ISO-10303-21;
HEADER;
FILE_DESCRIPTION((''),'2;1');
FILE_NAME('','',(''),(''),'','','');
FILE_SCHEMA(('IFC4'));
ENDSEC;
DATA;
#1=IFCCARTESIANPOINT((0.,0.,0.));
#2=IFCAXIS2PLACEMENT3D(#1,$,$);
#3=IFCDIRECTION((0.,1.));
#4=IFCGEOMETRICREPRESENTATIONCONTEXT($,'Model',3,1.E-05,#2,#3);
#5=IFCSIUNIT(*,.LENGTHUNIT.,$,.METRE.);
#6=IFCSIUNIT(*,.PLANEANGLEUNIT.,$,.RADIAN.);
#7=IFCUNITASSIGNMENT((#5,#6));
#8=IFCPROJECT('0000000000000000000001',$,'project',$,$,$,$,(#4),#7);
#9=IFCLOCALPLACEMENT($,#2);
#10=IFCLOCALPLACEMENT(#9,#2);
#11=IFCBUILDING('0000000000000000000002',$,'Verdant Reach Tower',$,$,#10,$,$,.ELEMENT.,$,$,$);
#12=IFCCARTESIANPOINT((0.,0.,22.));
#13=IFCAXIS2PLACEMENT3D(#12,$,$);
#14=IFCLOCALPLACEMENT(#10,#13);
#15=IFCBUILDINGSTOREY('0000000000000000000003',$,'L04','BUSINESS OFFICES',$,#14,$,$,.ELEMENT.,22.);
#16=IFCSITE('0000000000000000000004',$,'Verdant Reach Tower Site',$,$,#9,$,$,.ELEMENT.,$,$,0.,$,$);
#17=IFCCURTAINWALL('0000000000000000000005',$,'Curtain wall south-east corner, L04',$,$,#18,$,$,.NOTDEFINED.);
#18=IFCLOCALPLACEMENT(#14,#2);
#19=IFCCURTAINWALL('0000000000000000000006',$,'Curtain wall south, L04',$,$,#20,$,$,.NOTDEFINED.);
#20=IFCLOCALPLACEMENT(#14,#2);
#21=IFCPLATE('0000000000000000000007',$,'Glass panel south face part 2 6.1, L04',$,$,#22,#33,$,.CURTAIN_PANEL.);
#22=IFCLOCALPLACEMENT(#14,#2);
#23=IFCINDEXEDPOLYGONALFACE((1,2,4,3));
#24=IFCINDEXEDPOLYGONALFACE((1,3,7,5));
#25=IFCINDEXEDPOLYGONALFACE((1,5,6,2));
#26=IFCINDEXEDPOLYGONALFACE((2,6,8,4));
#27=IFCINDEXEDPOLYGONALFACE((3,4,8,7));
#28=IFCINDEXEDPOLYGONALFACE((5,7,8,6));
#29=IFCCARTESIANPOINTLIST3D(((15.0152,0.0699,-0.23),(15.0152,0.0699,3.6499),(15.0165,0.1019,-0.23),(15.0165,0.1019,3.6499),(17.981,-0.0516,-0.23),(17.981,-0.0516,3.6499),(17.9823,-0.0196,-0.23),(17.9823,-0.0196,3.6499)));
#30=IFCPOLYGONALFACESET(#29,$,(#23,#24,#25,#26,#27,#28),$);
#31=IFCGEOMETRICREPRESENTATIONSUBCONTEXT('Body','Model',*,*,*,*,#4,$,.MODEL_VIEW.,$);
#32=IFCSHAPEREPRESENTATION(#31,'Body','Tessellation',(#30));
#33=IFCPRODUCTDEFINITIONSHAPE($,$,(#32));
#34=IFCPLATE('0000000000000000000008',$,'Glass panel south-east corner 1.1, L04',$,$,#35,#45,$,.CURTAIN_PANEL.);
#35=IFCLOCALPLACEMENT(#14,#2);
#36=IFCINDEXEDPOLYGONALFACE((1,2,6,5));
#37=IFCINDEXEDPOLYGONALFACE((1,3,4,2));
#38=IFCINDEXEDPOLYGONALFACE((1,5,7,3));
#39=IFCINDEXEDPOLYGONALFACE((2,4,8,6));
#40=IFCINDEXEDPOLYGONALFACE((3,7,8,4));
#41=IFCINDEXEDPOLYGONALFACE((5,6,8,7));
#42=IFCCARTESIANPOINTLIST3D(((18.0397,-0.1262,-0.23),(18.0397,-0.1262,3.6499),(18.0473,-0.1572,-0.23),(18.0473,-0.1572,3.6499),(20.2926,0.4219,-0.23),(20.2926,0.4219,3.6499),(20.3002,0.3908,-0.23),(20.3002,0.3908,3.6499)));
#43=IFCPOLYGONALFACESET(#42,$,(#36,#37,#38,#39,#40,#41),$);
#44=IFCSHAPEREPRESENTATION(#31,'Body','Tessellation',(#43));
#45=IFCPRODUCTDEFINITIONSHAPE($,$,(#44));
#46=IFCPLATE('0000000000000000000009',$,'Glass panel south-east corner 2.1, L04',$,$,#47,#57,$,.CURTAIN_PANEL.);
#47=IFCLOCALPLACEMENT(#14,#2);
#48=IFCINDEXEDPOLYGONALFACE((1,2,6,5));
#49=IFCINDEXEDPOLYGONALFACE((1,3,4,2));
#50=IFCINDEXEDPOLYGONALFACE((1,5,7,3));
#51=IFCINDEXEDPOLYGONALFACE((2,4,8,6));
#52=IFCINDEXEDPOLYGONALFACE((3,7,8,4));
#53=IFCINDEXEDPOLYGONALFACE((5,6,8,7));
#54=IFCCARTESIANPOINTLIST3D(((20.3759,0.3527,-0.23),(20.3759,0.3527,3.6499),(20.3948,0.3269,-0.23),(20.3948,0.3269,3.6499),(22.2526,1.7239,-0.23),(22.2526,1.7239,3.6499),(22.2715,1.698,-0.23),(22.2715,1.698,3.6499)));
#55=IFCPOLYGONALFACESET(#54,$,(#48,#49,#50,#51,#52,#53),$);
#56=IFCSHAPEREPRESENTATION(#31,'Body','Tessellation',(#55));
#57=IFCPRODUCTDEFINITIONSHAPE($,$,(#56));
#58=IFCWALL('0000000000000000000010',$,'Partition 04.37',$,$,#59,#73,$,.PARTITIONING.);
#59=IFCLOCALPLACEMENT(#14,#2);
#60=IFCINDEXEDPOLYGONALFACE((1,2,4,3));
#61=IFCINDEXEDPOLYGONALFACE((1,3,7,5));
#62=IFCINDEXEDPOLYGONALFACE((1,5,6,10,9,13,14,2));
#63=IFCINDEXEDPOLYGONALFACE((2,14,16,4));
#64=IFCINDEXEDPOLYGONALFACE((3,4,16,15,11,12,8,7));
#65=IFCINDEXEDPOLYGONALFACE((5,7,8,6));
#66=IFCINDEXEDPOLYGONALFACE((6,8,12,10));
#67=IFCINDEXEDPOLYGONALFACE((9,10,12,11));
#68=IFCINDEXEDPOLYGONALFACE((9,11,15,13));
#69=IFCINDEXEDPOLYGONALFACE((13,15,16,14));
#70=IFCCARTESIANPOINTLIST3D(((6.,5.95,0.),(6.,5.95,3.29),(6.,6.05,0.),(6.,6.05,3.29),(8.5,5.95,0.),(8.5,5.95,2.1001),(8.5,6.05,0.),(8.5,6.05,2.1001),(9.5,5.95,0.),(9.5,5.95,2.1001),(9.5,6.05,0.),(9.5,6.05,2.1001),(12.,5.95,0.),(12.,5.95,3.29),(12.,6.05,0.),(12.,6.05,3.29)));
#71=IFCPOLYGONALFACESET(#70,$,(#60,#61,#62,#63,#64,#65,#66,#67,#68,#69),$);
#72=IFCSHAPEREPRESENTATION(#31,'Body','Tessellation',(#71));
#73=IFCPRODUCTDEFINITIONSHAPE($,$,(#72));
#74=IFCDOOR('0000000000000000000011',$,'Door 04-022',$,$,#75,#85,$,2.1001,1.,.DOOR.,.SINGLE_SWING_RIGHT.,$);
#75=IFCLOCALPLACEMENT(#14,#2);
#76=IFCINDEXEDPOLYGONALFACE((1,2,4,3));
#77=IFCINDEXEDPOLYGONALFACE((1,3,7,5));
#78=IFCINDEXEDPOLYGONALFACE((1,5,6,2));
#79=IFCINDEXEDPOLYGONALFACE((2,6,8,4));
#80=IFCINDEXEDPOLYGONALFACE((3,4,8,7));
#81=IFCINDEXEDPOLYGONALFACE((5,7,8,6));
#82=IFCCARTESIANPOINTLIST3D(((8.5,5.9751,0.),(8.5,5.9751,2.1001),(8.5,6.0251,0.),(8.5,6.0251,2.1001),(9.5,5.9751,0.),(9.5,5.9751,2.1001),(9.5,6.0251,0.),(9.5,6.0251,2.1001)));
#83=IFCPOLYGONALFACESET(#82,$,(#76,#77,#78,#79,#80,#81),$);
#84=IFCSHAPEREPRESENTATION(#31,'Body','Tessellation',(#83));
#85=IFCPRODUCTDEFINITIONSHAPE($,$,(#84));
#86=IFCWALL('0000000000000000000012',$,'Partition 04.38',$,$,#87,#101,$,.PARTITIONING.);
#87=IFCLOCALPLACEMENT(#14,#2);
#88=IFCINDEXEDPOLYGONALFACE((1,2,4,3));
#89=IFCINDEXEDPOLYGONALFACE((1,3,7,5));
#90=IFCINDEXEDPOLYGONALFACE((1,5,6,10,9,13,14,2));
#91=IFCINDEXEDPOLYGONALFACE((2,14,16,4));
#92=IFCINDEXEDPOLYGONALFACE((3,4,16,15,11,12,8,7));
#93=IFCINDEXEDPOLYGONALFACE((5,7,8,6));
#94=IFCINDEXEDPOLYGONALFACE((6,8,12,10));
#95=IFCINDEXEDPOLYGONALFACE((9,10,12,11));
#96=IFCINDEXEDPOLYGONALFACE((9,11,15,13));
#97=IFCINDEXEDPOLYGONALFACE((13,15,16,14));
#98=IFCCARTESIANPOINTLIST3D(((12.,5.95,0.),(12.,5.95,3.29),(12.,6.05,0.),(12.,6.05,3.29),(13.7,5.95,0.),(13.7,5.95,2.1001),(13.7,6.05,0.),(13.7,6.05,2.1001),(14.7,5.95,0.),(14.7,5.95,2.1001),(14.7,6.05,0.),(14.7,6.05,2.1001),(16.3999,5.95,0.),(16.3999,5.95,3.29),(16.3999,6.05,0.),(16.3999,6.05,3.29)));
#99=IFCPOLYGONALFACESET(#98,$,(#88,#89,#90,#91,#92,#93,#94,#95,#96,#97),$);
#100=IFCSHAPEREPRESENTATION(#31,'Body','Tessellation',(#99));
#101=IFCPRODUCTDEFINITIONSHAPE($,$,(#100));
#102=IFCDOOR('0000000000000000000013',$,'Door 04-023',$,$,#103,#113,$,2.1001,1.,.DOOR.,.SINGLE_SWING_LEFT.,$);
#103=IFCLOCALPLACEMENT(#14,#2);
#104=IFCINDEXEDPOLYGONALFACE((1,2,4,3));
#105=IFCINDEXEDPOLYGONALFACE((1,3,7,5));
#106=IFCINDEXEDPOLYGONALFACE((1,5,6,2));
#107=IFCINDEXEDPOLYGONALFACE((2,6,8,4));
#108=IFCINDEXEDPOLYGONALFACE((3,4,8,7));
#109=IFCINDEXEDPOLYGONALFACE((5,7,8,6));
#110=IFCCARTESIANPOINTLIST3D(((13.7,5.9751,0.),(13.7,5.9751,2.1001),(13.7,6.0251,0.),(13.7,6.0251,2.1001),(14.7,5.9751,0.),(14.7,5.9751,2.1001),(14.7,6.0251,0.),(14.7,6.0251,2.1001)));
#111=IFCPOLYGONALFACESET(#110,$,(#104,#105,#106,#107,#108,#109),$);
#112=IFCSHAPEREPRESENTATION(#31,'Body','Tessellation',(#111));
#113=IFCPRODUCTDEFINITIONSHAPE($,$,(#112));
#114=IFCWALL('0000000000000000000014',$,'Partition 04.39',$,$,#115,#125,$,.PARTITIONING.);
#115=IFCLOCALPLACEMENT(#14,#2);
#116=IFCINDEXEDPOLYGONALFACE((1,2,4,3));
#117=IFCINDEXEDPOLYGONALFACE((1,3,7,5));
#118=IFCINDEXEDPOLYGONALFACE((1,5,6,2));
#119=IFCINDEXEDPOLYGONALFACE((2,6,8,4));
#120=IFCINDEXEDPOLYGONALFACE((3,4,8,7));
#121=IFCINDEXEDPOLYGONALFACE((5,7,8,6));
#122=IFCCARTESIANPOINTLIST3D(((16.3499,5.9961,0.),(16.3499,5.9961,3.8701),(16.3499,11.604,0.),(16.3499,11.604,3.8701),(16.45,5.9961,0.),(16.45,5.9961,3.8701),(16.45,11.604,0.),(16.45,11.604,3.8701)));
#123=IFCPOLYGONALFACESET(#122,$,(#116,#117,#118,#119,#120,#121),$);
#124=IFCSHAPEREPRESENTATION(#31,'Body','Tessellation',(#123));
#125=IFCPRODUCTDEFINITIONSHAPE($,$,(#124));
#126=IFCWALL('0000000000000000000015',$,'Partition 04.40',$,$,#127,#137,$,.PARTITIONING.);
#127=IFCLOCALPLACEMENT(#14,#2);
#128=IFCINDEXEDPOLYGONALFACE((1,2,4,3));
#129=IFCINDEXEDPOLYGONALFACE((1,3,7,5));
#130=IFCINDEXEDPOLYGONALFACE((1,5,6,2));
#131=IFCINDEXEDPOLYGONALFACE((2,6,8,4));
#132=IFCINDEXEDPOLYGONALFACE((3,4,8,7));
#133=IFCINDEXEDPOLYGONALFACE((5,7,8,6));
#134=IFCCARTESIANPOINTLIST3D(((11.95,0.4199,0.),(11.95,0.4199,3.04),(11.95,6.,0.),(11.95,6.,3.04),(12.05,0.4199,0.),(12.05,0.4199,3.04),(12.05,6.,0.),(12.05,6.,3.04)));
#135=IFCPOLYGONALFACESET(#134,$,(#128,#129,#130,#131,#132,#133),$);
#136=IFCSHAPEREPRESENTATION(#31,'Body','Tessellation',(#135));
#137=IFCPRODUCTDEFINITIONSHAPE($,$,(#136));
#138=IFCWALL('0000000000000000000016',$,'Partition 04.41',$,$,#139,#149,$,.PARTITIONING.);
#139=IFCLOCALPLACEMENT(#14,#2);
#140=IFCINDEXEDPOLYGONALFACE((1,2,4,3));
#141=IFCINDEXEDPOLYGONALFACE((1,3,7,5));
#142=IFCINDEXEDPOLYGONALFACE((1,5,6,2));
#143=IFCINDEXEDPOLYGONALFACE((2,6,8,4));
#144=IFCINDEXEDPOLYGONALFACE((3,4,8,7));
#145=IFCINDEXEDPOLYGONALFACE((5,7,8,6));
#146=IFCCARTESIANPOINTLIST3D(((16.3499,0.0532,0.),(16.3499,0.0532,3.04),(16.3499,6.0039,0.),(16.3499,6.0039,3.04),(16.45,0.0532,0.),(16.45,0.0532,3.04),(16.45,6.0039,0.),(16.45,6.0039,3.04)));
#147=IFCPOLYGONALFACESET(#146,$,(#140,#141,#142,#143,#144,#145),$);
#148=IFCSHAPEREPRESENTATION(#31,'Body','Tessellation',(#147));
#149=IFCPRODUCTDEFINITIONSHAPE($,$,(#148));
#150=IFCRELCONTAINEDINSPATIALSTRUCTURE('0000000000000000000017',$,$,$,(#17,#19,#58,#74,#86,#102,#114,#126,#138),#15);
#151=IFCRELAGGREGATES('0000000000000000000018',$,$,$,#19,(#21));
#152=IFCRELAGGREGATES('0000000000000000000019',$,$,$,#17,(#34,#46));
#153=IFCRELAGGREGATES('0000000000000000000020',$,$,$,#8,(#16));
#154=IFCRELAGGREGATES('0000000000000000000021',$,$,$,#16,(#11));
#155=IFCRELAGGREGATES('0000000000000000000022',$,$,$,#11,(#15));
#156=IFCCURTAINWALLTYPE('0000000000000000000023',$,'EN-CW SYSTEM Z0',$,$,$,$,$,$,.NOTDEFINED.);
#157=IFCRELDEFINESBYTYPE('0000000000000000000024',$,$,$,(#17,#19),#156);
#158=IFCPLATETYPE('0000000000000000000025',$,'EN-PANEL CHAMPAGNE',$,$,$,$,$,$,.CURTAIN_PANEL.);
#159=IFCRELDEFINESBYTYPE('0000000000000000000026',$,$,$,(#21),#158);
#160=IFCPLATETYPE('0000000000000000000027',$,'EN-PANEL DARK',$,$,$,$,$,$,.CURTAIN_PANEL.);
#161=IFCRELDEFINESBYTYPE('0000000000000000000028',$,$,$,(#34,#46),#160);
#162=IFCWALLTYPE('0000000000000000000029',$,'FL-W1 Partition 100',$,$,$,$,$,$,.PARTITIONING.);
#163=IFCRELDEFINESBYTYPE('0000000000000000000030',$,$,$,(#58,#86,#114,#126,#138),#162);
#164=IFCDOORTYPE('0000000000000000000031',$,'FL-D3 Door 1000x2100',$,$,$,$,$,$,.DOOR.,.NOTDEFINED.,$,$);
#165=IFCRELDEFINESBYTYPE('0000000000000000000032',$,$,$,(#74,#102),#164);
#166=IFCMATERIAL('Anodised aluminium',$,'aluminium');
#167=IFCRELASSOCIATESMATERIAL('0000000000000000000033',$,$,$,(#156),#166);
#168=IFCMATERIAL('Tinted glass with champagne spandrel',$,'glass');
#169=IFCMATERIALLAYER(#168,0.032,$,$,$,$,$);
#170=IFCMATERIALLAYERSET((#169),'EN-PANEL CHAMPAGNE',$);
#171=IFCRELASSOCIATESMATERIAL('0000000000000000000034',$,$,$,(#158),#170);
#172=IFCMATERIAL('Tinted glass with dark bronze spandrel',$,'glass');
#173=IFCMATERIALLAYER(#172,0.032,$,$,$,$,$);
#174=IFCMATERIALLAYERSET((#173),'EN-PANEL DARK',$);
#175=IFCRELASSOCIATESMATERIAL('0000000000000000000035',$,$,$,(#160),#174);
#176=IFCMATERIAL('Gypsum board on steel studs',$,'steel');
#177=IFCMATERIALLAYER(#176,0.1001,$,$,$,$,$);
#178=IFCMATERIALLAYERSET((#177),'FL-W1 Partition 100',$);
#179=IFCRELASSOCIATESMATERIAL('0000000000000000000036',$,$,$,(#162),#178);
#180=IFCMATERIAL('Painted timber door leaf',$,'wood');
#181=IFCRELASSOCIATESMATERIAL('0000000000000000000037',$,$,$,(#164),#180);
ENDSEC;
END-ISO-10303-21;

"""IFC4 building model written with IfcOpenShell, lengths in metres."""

from ifc_helpers import new_model, si_unit, direction, frame, frame_2d, origin, origin_2d, place, context, subcontext, project, spatial, rectangle, extrude, material, layer, layer_set, type_object, element, fill, aggregate, save


model = new_model("IFC4")

# Units and contexts
model_context = context("Model", 3, precision=1e-05, world=origin(), true_north=direction((0.0, 1.0)))
body_context = subcontext(model_context, "Body", "Model", "MODEL_VIEW")
ifc_project = project(units=[si_unit("LENGTHUNIT", "METRE"), si_unit("PLANEANGLEUNIT", "RADIAN")], contexts=[model_context])

# Site, building, storey
site_placement = place(None, origin())
site = spatial("IfcSite", under=ifc_project, at=site_placement, Name="Verdant Reach Tower Site", CompositionType="ELEMENT", RefElevation=0.0)
building_placement = place(site_placement, origin())
building = spatial("IfcBuilding", under=site, at=building_placement, Name="Verdant Reach Tower", CompositionType="ELEMENT")
storey_placement = place(building_placement, frame((0.0, 0.0, 22.0)))
storey = spatial("IfcBuildingStorey", under=building, at=storey_placement, Name="L04", Description="BUSINESS OFFICES", CompositionType="ELEMENT", Elevation=22.0)

# Curtain walls, plate
ifc_material_1 = material(Name="Anodised aluminium", Category="aluminium")
curtain_wall_type = type_object("IfcCurtainWallType", Name="EN-CW SYSTEM Z0", PredefinedType="NOTDEFINED", material=ifc_material_1)
curtain_wall_1_placement = place(storey_placement, origin())
curtain_wall_1 = element("IfcCurtainWall", 1, at=curtain_wall_1_placement, inside=storey, type_object=curtain_wall_type, Name="Curtain wall south-east corner, L04", PredefinedType="NOTDEFINED")
ifc_material_2 = material(Name="Tinted glass with champagne spandrel", Category="glass")
ifc_layer_1 = layer(ifc_material_2, 0.032)
ifc_layer_set_1 = layer_set([ifc_layer_1], Name="EN-PANEL CHAMPAGNE")
plate_type_1 = type_object("IfcPlateType", Name="EN-PANEL CHAMPAGNE", PredefinedType="CURTAIN_PANEL", material=ifc_layer_set_1)
curtain_wall_2_placement = place(storey_placement, origin())
curtain_wall_2 = element("IfcCurtainWall", 2, at=curtain_wall_2_placement, inside=storey, type_object=curtain_wall_type, Name="Curtain wall south, L04", PredefinedType="NOTDEFINED")
plate_1_placement = place(storey_placement, frame((16.4988, 0.0251, -0.23), z_axis=(0.0, 0.0, 1.0), x_axis=(0.999162, -0.04092, 0.0)))
plate_1 = element("IfcPlate", 3, at=plate_1_placement, type_object=plate_type_1, Name="Glass panel south face part 2 6.1, L04", PredefinedType="CURTAIN_PANEL", context=body_context, shape_type="SweptSolid", body=[
    extrude(rectangle(XDim=2.9683, YDim=0.032, at=origin_2d()), origin(), (0.0, 0.0, 1.0), 3.8799),
])
aggregate(curtain_wall_2, [plate_1])

# Plates
ifc_material_3 = material(Name="Tinted glass with dark bronze spandrel", Category="glass")
ifc_layer_2 = layer(ifc_material_3, 0.032)
ifc_layer_set_2 = layer_set([ifc_layer_2], Name="EN-PANEL DARK")
plate_type_2 = type_object("IfcPlateType", Name="EN-PANEL DARK", PredefinedType="CURTAIN_PANEL", material=ifc_layer_set_2)
plate_2_placement = place(storey_placement, frame((19.1699, 0.1323, -0.23), z_axis=(0.0, 0.0, 1.0), x_axis=(0.971663, 0.236369, 0.0)))
plate_2 = element("IfcPlate", 4, at=plate_2_placement, type_object=plate_type_2, Name="Glass panel south-east corner 1.1, L04", PredefinedType="CURTAIN_PANEL", context=body_context, shape_type="SweptSolid", body=[
    extrude(rectangle(XDim=2.3186, YDim=0.032, at=origin_2d()), origin(), (0.0, 0.0, 1.0), 3.8799),
])
plate_3_placement = place(storey_placement, frame((21.3237, 1.0254, -0.23), z_axis=(0.0, 0.0, 1.0), x_axis=(0.807457, 0.589927, 0.0)))
plate_3 = element("IfcPlate", 5, at=plate_3_placement, type_object=plate_type_2, Name="Glass panel south-east corner 2.1, L04", PredefinedType="CURTAIN_PANEL", context=body_context, shape_type="SweptSolid", body=[
    extrude(rectangle(XDim=2.3242, YDim=0.032, at=origin_2d()), origin(), (0.0, 0.0, 1.0), 3.8799),
])
aggregate(curtain_wall_1, [plate_2, plate_3])

# Walls, openings, doors
ifc_material_4 = material(Name="Gypsum board on steel studs", Category="steel")
ifc_layer_3 = layer(ifc_material_4, 0.1001)
ifc_layer_set_3 = layer_set([ifc_layer_3], Name="FL-W1 Partition 100")
wall_type = type_object("IfcWallType", Name="FL-W1 Partition 100", PredefinedType="PARTITIONING", material=ifc_layer_set_3)
wall_1_placement = place(storey_placement, frame((12.0, 6.0, 0.0), z_axis=(0.0, 0.0, 1.0), x_axis=(-1.0, 0.0, 0.0)))
wall_1 = element("IfcWall", 6, at=wall_1_placement, inside=storey, type_object=wall_type, Name="Partition 04.37", PredefinedType="PARTITIONING", context=body_context, shape_type="SweptSolid", body=[
    extrude(rectangle(XDim=6.0, YDim=0.1001, at=frame_2d((3.0, 0.0))), origin(), (0.0, 0.0, 1.0), 3.29),
])
opening_1_placement = place(wall_1_placement, frame((2.5, 0.0, 0.0)))
opening_1 = element("IfcOpeningElement", 7, at=opening_1_placement, cuts=wall_1, PredefinedType="OPENING", context=body_context, shape_type="SweptSolid", body=[
    extrude(rectangle(XDim=1.0, YDim=2.1001, at=frame_2d((0.5, 1.05))), frame((0.0, 0.0601, 0.0), z_axis=(0.0, -1.0, 0.0), x_axis=(1.0, 0.0, 0.0)), (0.0, 0.0, 1.0), 0.1201),
])
ifc_material_5 = material(Name="Painted timber door leaf", Category="wood")
door_type = type_object("IfcDoorType", Name="FL-D3 Door 1000x2100", OperationType="NOTDEFINED", PredefinedType="DOOR", material=ifc_material_5)
door_1_placement = place(opening_1_placement, origin())
door_1 = element("IfcDoor", 8, at=door_1_placement, inside=storey, type_object=door_type, Name="Door 04-022", OperationType="SINGLE_SWING_RIGHT", OverallHeight=2.1001, OverallWidth=1.0, PredefinedType="DOOR", context=body_context, shape_type="SweptSolid", body=[
    extrude(rectangle(XDim=1.0, YDim=2.1001, at=frame_2d((0.5, 1.05))), frame((0.0, 0.0249, 0.0), z_axis=(0.0, -1.0, 0.0), x_axis=(1.0, 0.0, 0.0)), (0.0, 0.0, 1.0), 0.05),
])
fill(opening_1, door_1)
wall_2_placement = place(storey_placement, frame((16.3999, 6.0, 0.0), z_axis=(0.0, 0.0, 1.0), x_axis=(-1.0, 0.0, 0.0)))
wall_2 = element("IfcWall", 9, at=wall_2_placement, inside=storey, type_object=wall_type, Name="Partition 04.38", PredefinedType="PARTITIONING", context=body_context, shape_type="SweptSolid", body=[
    extrude(rectangle(XDim=4.3999, YDim=0.1001, at=frame_2d((2.2, 0.0))), origin(), (0.0, 0.0, 1.0), 3.29),
])
opening_2_placement = place(wall_2_placement, frame((1.7, 0.0, 0.0)))
opening_2 = element("IfcOpeningElement", 10, at=opening_2_placement, cuts=wall_2, PredefinedType="OPENING", context=body_context, shape_type="SweptSolid", body=[
    extrude(rectangle(XDim=1.0, YDim=2.1001, at=frame_2d((0.5, 1.05))), frame((0.0, 0.0601, 0.0), z_axis=(0.0, -1.0, 0.0), x_axis=(1.0, 0.0, 0.0)), (0.0, 0.0, 1.0), 0.1201),
])
door_2_placement = place(opening_2_placement, origin())
door_2 = element("IfcDoor", 11, at=door_2_placement, inside=storey, type_object=door_type, Name="Door 04-023", OperationType="SINGLE_SWING_LEFT", OverallHeight=2.1001, OverallWidth=1.0, PredefinedType="DOOR", context=body_context, shape_type="SweptSolid", body=[
    extrude(rectangle(XDim=1.0, YDim=2.1001, at=frame_2d((0.5, 1.05))), frame((0.0, 0.0249, 0.0), z_axis=(0.0, -1.0, 0.0), x_axis=(1.0, 0.0, 0.0)), (0.0, 0.0, 1.0), 0.05),
])
fill(opening_2, door_2)

# Walls
wall_3_placement = place(storey_placement, frame((16.3999, 5.9961, 0.0), z_axis=(0.0, 0.0, 1.0), x_axis=(0.0, 1.0, 0.0)))
element("IfcWall", 12, at=wall_3_placement, inside=storey, type_object=wall_type, Name="Partition 04.39", PredefinedType="PARTITIONING", context=body_context, shape_type="SweptSolid", body=[
    extrude(rectangle(XDim=5.6079, YDim=0.1001, at=frame_2d((2.804, 0.0))), origin(), (0.0, 0.0, 1.0), 3.8701),
])
wall_4_placement = place(storey_placement, frame((12.0, 0.4199, 0.0), z_axis=(0.0, 0.0, 1.0), x_axis=(0.0, 1.0, 0.0)))
element("IfcWall", 13, at=wall_4_placement, inside=storey, type_object=wall_type, Name="Partition 04.40", PredefinedType="PARTITIONING", context=body_context, shape_type="SweptSolid", body=[
    extrude(rectangle(XDim=5.5801, YDim=0.1001, at=frame_2d((2.79, 0.0))), origin(), (0.0, 0.0, 1.0), 3.04),
])
wall_5_placement = place(storey_placement, frame((16.3999, 0.0532, 0.0), z_axis=(0.0, 0.0, 1.0), x_axis=(0.0, 1.0, 0.0)))
element("IfcWall", 14, at=wall_5_placement, inside=storey, type_object=wall_type, Name="Partition 04.41", PredefinedType="PARTITIONING", context=body_context, shape_type="SweptSolid", body=[
    extrude(rectangle(XDim=5.9507, YDim=0.1001, at=frame_2d((2.9753, 0.0))), origin(), (0.0, 0.0, 1.0), 3.04),
])

save(model, "model.ifc")
